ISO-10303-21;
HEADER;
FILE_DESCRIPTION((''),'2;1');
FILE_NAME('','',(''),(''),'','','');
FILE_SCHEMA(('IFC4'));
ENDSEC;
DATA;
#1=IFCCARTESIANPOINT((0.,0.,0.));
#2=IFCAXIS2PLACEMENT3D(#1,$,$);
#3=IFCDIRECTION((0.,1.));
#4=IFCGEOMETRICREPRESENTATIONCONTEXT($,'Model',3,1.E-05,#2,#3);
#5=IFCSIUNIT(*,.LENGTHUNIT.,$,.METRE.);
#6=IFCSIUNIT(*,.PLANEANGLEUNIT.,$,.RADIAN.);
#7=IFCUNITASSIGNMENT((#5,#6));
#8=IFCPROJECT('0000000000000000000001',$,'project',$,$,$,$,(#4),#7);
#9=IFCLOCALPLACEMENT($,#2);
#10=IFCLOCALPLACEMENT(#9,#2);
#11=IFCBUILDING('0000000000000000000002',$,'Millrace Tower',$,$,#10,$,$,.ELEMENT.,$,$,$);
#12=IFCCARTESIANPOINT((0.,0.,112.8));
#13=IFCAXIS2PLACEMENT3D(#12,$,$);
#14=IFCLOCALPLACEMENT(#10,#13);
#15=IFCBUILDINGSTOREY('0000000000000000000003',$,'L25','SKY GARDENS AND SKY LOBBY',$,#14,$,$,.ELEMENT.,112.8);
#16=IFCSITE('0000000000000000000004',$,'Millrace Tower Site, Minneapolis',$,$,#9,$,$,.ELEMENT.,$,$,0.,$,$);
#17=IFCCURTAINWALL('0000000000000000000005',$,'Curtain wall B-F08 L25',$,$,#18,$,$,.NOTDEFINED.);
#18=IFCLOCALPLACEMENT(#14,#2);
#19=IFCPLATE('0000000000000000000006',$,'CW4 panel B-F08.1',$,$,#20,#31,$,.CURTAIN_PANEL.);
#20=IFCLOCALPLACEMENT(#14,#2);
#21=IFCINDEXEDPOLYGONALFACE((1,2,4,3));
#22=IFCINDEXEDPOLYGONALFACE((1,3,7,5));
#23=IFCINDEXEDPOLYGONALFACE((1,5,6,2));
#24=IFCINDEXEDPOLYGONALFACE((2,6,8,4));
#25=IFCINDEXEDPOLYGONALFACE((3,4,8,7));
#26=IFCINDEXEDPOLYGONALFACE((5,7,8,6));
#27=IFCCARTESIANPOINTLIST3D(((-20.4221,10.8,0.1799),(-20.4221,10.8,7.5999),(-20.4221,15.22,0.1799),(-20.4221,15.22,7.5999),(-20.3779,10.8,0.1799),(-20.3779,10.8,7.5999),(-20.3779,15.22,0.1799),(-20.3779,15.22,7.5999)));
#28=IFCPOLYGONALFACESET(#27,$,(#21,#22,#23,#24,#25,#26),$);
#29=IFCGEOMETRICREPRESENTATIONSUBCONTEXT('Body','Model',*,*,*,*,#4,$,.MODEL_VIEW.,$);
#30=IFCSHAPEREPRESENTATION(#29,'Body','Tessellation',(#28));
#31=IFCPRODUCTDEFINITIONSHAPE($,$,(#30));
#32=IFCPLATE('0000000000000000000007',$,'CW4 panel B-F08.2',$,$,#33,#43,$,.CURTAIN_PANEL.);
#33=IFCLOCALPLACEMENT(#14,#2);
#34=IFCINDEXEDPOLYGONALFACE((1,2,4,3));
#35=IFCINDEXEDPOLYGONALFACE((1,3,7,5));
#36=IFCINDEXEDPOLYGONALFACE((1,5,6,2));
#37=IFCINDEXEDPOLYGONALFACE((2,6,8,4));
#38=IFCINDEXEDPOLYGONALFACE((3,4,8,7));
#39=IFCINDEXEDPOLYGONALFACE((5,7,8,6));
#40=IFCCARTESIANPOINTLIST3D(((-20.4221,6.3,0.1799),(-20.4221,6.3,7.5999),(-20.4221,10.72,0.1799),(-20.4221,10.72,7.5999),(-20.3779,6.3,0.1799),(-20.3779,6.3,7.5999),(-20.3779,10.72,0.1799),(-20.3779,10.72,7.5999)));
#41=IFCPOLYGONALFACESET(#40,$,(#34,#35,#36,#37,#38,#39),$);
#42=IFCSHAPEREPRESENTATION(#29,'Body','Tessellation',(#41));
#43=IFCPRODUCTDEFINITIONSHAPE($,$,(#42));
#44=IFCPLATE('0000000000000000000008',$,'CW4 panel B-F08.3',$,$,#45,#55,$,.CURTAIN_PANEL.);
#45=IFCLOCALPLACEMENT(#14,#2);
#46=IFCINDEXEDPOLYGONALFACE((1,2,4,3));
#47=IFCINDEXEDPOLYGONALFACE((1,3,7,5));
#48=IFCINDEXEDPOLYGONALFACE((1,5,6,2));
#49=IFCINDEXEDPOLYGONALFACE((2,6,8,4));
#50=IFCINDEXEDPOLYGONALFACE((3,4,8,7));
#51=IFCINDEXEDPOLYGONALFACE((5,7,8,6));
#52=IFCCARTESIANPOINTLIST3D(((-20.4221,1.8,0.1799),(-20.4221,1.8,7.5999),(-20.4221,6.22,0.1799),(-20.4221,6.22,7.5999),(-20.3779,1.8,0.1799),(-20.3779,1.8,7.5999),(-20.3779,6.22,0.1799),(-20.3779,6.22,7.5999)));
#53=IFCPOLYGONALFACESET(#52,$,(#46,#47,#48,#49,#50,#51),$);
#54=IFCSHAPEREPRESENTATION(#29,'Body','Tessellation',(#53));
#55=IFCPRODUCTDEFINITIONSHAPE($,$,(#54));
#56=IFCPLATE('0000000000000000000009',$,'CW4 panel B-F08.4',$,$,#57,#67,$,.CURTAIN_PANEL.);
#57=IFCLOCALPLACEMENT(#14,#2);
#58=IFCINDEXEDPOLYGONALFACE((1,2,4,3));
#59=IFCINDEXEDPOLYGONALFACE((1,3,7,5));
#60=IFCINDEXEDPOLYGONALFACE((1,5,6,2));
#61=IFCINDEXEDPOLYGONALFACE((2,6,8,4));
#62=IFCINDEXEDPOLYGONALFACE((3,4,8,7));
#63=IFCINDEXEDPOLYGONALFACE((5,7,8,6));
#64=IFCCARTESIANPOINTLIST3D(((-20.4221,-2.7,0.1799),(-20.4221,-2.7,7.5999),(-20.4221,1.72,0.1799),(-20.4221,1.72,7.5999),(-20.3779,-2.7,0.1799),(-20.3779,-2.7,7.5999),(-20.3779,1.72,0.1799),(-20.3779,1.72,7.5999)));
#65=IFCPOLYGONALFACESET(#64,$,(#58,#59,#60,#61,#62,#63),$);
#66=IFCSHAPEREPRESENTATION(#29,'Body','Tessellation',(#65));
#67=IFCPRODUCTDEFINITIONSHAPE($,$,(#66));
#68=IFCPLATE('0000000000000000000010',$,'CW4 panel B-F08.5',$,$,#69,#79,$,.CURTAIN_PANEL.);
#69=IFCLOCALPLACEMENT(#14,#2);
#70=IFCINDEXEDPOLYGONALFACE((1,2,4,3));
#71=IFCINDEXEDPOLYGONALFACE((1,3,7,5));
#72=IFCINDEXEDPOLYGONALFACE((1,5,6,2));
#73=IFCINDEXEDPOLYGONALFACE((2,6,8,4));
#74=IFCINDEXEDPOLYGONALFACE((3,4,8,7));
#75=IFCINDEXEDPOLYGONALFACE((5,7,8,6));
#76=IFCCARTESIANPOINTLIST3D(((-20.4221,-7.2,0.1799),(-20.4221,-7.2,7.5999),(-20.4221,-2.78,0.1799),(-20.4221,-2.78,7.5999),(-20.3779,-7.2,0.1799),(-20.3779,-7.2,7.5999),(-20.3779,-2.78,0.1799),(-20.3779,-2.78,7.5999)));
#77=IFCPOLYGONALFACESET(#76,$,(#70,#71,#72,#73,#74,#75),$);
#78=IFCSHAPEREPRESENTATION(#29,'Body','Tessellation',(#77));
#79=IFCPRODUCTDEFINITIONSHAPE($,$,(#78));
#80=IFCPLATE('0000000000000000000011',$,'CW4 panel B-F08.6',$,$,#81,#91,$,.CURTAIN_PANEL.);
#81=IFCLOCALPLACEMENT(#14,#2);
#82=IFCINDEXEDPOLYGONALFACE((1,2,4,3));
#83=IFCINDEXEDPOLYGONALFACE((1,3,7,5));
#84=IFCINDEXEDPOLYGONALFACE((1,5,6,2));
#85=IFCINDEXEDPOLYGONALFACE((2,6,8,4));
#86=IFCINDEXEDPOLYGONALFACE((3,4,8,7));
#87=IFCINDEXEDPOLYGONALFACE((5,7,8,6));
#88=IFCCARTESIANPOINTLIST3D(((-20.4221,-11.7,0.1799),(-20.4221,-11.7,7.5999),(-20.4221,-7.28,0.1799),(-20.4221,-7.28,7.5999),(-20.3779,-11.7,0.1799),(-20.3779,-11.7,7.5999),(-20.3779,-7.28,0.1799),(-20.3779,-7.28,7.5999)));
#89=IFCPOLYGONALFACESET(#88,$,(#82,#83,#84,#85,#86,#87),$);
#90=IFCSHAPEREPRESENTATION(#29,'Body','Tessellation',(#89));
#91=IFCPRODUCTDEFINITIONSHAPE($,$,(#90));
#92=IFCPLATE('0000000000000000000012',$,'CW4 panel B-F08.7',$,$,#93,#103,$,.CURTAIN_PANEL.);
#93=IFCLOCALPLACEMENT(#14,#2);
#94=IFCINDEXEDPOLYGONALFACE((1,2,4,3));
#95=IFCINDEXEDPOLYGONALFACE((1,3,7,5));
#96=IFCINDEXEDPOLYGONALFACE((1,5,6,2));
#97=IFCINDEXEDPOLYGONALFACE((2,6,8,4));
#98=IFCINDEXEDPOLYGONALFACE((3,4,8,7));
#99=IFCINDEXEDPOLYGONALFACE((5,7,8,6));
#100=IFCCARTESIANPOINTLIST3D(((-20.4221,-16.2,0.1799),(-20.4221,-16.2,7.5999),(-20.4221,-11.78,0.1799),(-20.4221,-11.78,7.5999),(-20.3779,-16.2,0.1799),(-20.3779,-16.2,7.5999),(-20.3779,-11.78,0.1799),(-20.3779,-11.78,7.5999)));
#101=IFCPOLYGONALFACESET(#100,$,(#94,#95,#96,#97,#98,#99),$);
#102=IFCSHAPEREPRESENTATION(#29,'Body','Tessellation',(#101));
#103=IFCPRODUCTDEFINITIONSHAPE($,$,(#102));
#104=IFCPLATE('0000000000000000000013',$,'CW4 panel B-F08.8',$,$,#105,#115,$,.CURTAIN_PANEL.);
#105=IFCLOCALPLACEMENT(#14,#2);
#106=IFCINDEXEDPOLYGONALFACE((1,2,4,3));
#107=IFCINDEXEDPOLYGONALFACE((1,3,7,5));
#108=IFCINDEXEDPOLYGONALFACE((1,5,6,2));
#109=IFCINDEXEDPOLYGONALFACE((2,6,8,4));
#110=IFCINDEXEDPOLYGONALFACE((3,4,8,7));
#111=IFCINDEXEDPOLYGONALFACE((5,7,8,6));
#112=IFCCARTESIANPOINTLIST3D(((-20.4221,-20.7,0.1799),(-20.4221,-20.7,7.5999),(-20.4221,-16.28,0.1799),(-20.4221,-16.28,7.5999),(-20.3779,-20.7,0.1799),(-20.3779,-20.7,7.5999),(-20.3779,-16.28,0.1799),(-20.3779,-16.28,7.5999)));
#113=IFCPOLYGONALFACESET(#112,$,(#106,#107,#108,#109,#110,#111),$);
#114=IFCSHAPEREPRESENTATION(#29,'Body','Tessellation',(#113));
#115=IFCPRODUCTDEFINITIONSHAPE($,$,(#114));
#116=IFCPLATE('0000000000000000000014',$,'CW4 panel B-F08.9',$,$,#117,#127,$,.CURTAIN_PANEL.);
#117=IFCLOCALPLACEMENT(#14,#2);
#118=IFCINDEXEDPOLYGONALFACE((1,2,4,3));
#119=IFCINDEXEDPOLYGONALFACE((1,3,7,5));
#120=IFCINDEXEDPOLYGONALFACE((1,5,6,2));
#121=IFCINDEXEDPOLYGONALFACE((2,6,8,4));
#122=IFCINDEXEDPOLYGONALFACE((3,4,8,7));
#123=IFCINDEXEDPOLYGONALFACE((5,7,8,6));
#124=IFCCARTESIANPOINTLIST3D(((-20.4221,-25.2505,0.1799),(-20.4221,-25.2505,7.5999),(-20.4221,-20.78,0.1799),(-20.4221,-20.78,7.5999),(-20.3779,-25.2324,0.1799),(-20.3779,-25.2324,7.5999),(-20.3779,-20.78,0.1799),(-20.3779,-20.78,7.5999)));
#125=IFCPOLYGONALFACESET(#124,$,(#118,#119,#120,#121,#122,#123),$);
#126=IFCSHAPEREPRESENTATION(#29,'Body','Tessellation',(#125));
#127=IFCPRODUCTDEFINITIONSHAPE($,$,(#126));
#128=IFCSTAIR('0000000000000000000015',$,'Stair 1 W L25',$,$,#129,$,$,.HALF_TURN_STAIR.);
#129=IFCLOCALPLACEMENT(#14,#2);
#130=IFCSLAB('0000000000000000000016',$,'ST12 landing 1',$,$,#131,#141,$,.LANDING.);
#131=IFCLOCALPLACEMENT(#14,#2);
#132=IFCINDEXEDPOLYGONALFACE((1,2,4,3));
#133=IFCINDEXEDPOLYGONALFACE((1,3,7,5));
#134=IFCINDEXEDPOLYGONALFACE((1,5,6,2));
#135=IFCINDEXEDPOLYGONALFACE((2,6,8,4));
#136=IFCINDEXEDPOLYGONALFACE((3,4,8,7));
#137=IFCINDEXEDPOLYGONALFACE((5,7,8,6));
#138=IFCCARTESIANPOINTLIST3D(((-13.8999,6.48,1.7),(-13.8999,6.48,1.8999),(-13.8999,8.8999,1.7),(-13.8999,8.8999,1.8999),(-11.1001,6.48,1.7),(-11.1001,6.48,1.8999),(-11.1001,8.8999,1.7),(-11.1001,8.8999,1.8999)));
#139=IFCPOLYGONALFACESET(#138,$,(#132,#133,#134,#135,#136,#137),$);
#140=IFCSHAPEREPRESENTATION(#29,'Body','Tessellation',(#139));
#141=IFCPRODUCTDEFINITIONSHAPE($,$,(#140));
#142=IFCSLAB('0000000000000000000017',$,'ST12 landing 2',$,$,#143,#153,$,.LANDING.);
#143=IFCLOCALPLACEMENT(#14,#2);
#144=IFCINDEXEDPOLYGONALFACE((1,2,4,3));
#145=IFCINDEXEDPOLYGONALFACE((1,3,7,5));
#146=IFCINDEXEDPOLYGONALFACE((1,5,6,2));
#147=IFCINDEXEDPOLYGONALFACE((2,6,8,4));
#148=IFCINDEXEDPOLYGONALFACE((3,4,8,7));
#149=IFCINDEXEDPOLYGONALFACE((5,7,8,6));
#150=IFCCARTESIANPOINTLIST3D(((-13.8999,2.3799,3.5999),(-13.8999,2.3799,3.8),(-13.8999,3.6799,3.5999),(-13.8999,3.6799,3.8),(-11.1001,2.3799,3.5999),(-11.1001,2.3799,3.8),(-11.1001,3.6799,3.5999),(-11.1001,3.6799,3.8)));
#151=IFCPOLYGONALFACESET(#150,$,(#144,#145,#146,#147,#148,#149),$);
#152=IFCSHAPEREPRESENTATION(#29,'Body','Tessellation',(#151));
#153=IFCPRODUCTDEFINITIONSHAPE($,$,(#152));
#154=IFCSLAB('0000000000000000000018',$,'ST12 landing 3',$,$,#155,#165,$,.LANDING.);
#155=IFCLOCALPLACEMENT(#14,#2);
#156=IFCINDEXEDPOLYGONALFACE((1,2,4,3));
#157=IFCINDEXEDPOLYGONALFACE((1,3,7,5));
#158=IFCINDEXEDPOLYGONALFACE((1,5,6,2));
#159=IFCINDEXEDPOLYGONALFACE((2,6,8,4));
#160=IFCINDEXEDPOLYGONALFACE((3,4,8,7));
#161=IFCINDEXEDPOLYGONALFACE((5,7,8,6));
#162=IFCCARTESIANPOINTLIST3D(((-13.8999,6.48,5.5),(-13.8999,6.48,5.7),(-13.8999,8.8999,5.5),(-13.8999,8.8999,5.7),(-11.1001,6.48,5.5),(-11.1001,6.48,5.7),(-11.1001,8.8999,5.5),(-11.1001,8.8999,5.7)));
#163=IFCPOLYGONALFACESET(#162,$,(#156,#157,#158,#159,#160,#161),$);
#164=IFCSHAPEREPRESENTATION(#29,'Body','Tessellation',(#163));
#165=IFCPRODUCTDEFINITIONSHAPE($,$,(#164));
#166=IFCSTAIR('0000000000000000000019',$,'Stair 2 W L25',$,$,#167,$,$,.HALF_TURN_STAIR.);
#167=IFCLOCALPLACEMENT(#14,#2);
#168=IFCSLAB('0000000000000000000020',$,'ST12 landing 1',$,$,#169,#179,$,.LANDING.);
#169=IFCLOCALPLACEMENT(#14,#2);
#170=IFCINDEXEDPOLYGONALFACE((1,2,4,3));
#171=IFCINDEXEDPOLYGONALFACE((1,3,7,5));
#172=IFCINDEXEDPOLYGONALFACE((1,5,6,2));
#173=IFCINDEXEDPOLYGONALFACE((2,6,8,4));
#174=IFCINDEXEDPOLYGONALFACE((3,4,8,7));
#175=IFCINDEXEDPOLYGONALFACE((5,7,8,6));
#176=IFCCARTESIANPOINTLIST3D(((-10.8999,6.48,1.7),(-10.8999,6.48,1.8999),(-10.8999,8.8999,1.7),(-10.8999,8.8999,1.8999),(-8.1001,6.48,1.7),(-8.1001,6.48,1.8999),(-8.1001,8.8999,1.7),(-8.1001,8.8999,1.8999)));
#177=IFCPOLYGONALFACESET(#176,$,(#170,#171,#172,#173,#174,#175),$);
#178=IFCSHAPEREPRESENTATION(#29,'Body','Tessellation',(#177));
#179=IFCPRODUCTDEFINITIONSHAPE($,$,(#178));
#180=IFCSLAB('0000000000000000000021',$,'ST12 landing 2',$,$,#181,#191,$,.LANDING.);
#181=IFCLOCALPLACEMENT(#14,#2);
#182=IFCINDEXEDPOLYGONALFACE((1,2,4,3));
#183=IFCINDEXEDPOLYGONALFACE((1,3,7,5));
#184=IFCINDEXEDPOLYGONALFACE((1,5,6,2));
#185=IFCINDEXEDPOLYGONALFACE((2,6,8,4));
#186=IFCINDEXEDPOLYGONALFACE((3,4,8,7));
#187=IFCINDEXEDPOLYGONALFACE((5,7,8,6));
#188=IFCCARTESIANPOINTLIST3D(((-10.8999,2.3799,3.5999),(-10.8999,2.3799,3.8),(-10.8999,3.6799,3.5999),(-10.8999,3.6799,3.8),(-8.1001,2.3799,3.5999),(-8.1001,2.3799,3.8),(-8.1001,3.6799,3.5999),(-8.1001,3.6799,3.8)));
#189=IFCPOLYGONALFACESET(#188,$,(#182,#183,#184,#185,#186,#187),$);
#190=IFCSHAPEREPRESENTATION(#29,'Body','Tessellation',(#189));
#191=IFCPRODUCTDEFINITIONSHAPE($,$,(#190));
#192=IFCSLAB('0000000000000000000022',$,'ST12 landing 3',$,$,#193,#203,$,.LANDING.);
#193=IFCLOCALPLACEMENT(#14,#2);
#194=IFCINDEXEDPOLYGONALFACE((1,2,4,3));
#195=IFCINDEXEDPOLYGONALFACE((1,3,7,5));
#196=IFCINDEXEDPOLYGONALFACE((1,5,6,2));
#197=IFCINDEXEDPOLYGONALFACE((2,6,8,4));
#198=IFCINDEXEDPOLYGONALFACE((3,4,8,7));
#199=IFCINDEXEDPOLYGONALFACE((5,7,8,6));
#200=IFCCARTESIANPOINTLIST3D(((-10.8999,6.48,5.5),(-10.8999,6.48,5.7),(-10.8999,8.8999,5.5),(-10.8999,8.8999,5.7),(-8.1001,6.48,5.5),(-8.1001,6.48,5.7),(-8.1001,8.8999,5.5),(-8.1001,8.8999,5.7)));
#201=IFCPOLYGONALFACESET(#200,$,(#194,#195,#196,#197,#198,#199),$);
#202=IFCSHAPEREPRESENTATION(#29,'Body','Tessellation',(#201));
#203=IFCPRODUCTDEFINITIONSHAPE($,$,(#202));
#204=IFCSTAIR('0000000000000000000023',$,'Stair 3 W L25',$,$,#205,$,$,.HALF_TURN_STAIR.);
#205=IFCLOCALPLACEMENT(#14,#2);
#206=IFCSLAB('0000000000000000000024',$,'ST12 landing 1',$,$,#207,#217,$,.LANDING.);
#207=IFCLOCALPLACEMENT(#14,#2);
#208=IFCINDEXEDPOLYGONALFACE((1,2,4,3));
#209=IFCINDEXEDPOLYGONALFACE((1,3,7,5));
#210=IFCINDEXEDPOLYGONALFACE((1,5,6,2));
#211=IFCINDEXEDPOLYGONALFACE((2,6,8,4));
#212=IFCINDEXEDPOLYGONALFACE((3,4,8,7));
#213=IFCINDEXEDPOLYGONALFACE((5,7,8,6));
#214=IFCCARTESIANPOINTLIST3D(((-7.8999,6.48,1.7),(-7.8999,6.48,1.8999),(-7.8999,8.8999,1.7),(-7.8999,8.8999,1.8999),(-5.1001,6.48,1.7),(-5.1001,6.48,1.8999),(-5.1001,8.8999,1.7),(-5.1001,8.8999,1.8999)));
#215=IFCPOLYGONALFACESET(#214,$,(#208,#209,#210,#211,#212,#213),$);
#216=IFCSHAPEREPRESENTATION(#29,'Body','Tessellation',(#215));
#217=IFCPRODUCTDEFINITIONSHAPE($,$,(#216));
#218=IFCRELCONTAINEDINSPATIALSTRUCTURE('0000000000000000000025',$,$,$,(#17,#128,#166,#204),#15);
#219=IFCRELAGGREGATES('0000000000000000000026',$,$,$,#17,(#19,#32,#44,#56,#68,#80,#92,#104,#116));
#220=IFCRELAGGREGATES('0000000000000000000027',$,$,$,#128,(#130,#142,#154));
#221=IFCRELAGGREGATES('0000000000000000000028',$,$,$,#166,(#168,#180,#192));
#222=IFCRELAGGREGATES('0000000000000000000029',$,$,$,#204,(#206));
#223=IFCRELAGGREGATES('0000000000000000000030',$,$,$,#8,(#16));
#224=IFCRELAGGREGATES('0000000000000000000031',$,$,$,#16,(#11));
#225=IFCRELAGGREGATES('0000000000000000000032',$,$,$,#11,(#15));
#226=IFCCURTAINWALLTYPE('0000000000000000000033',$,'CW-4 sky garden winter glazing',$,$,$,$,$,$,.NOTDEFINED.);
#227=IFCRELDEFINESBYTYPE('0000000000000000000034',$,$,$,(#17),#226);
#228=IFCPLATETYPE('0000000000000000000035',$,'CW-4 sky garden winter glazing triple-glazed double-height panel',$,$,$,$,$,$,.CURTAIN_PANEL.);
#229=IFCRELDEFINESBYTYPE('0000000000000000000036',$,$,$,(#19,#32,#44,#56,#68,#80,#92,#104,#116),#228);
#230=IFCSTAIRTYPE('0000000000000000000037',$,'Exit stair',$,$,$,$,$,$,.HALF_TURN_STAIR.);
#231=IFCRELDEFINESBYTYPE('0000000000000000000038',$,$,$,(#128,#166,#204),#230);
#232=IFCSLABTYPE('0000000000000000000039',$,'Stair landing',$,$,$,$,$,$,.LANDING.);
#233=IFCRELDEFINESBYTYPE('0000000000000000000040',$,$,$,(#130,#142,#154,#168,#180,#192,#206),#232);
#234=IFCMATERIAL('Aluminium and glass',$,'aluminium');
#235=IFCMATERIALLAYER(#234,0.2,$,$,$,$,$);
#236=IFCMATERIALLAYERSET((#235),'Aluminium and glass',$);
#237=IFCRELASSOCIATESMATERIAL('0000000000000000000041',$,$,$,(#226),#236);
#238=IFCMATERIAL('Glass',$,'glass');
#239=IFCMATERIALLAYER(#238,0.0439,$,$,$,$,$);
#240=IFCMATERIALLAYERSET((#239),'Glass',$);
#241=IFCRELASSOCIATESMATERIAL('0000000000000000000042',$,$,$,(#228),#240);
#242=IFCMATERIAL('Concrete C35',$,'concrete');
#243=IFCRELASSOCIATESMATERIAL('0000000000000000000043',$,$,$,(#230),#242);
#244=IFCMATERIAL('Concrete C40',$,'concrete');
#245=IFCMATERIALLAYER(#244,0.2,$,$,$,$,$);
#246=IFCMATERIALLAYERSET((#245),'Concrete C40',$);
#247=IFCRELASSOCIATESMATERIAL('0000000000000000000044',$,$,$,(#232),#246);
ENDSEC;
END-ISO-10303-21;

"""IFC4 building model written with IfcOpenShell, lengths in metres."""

from ifc_helpers import new_model, si_unit, direction, frame, origin, place, context, subcontext, project, spatial, polyline, outline, extrude, material, layer, layer_set, type_object, element, aggregate, save


model = new_model("IFC4")

# Units and contexts
model_context = context("Model", 3, precision=1e-05, world=origin(), true_north=direction((0.0, 1.0)))
body_context = subcontext(model_context, "Body", "Model", "MODEL_VIEW")
ifc_project = project(units=[si_unit("LENGTHUNIT", "METRE"), si_unit("PLANEANGLEUNIT", "RADIAN")], contexts=[model_context])

# Site, building, storey
site_placement = place(None, origin())
site = spatial("IfcSite", under=ifc_project, at=site_placement, Name="Millrace Tower Site, Minneapolis", CompositionType="ELEMENT", RefElevation=0.0)
building_placement = place(site_placement, origin())
building = spatial("IfcBuilding", under=site, at=building_placement, Name="Millrace Tower", CompositionType="ELEMENT")
storey_placement = place(building_placement, frame((0.0, 0.0, 112.8)))
storey = spatial("IfcBuildingStorey", under=building, at=storey_placement, Name="L25", Description="SKY GARDENS AND SKY LOBBY", CompositionType="ELEMENT", Elevation=112.8)

# Curtain wall, plates
ifc_material_1 = material(Name="Aluminium and glass", Category="aluminium")
ifc_layer_1 = layer(ifc_material_1, 0.2)
ifc_layer_set_1 = layer_set([ifc_layer_1], Name="Aluminium and glass")
curtain_wall_type = type_object("IfcCurtainWallType", Name="CW-4 sky garden winter glazing", PredefinedType="NOTDEFINED", material=ifc_layer_set_1)
placement_1 = place(storey_placement, origin())
curtain_wall = element("IfcCurtainWall", 1, at=placement_1, inside=storey, type_object=curtain_wall_type, Name="Curtain wall B-F08 L25", PredefinedType="NOTDEFINED")
ifc_material_2 = material(Name="Glass", Category="glass")
ifc_layer_2 = layer(ifc_material_2, 0.0439)
ifc_layer_set_2 = layer_set([ifc_layer_2], Name="Glass")
plate_type = type_object("IfcPlateType", Name="CW-4 sky garden winter glazing triple-glazed double-height panel", PredefinedType="CURTAIN_PANEL", material=ifc_layer_set_2)
placement_2 = place(storey_placement, frame((0.0, 0.0, 0.1799)))
plate_1 = element("IfcPlate", 2, at=placement_2, type_object=plate_type, Name="CW4 panel B-F08.1", PredefinedType="CURTAIN_PANEL", context=body_context, shape_type="SweptSolid", body=[
    extrude(outline(polyline([(-20.4221, 15.22), (-20.4221, 10.8), (-20.3779, 10.8), (-20.3779, 15.22), (-20.4221, 15.22)])), origin(), (0.0, 0.0, 1.0), 7.4199),
])
plate_2 = element("IfcPlate", 3, at=placement_2, type_object=plate_type, Name="CW4 panel B-F08.2", PredefinedType="CURTAIN_PANEL", context=body_context, shape_type="SweptSolid", body=[
    extrude(outline(polyline([(-20.4221, 10.72), (-20.4221, 6.3), (-20.3779, 6.3), (-20.3779, 10.72), (-20.4221, 10.72)])), origin(), (0.0, 0.0, 1.0), 7.4199),
])
plate_3 = element("IfcPlate", 4, at=placement_2, type_object=plate_type, Name="CW4 panel B-F08.3", PredefinedType="CURTAIN_PANEL", context=body_context, shape_type="SweptSolid", body=[
    extrude(outline(polyline([(-20.4221, 6.22), (-20.4221, 1.8), (-20.3779, 1.8), (-20.3779, 6.22), (-20.4221, 6.22)])), origin(), (0.0, 0.0, 1.0), 7.4199),
])
plate_4 = element("IfcPlate", 5, at=placement_2, type_object=plate_type, Name="CW4 panel B-F08.4", PredefinedType="CURTAIN_PANEL", context=body_context, shape_type="SweptSolid", body=[
    extrude(outline(polyline([(-20.4221, 1.72), (-20.4221, -2.7), (-20.3779, -2.7), (-20.3779, 1.72), (-20.4221, 1.72)])), origin(), (0.0, 0.0, 1.0), 7.4199),
])
plate_5 = element("IfcPlate", 6, at=placement_2, type_object=plate_type, Name="CW4 panel B-F08.5", PredefinedType="CURTAIN_PANEL", context=body_context, shape_type="SweptSolid", body=[
    extrude(outline(polyline([(-20.4221, -2.78), (-20.4221, -7.2), (-20.3779, -7.2), (-20.3779, -2.78), (-20.4221, -2.78)])), origin(), (0.0, 0.0, 1.0), 7.4199),
])
plate_6 = element("IfcPlate", 7, at=placement_2, type_object=plate_type, Name="CW4 panel B-F08.6", PredefinedType="CURTAIN_PANEL", context=body_context, shape_type="SweptSolid", body=[
    extrude(outline(polyline([(-20.4221, -7.28), (-20.4221, -11.7), (-20.3779, -11.7), (-20.3779, -7.28), (-20.4221, -7.28)])), origin(), (0.0, 0.0, 1.0), 7.4199),
])
plate_7 = element("IfcPlate", 8, at=placement_2, type_object=plate_type, Name="CW4 panel B-F08.7", PredefinedType="CURTAIN_PANEL", context=body_context, shape_type="SweptSolid", body=[
    extrude(outline(polyline([(-20.4221, -11.78), (-20.4221, -16.2), (-20.3779, -16.2), (-20.3779, -11.78), (-20.4221, -11.78)])), origin(), (0.0, 0.0, 1.0), 7.4199),
])
plate_8 = element("IfcPlate", 9, at=placement_2, type_object=plate_type, Name="CW4 panel B-F08.8", PredefinedType="CURTAIN_PANEL", context=body_context, shape_type="SweptSolid", body=[
    extrude(outline(polyline([(-20.4221, -16.28), (-20.4221, -20.7), (-20.3779, -20.7), (-20.3779, -16.28), (-20.4221, -16.28)])), origin(), (0.0, 0.0, 1.0), 7.4199),
])
plate_9 = element("IfcPlate", 10, at=placement_2, type_object=plate_type, Name="CW4 panel B-F08.9", PredefinedType="CURTAIN_PANEL", context=body_context, shape_type="SweptSolid", body=[
    extrude(outline(polyline([(-20.4221, -20.78), (-20.4221, -25.2505), (-20.3779, -25.2324), (-20.3779, -20.78), (-20.4221, -20.78)])), origin(), (0.0, 0.0, 1.0), 7.4199),
])
aggregate(curtain_wall, [plate_1, plate_2, plate_3, plate_4, plate_5, plate_6, plate_7, plate_8, plate_9])

# Stairs, slabs
ifc_material_3 = material(Name="Concrete C35", Category="concrete")
stair_type = type_object("IfcStairType", Name="Exit stair", PredefinedType="HALF_TURN_STAIR", material=ifc_material_3)
stair_1 = element("IfcStair", 11, at=placement_1, inside=storey, type_object=stair_type, Name="Stair 1 W L25", PredefinedType="HALF_TURN_STAIR")
ifc_material_4 = material(Name="Concrete C40", Category="concrete")
ifc_layer_3 = layer(ifc_material_4, 0.2)
ifc_layer_set_3 = layer_set([ifc_layer_3], Name="Concrete C40")
slab_type = type_object("IfcSlabType", Name="Stair landing", PredefinedType="LANDING", material=ifc_layer_set_3)
placement_3 = place(storey_placement, frame((0.0, 0.0, 1.7)))
slab_1 = element("IfcSlab", 12, at=placement_3, type_object=slab_type, Name="ST12 landing 1", PredefinedType="LANDING", context=body_context, shape_type="SweptSolid", body=[
    extrude(outline(polyline([(-13.8999, 6.48), (-11.1001, 6.48), (-11.1001, 8.8999), (-13.8999, 8.8999), (-13.8999, 6.48)])), origin(), (0.0, 0.0, 1.0), 0.2),
])
placement_4 = place(storey_placement, frame((0.0, 0.0, 3.5999)))
slab_2 = element("IfcSlab", 13, at=placement_4, type_object=slab_type, Name="ST12 landing 2", PredefinedType="LANDING", context=body_context, shape_type="SweptSolid", body=[
    extrude(outline(polyline([(-13.8999, 2.3799), (-11.1001, 2.3799), (-11.1001, 3.6799), (-13.8999, 3.6799), (-13.8999, 2.3799)])), origin(), (0.0, 0.0, 1.0), 0.2002),
])
placement_5 = place(storey_placement, frame((0.0, 0.0, 5.5)))
slab_3 = element("IfcSlab", 14, at=placement_5, type_object=slab_type, Name="ST12 landing 3", PredefinedType="LANDING", context=body_context, shape_type="SweptSolid", body=[
    extrude(outline(polyline([(-13.8999, 6.48), (-11.1001, 6.48), (-11.1001, 8.8999), (-13.8999, 8.8999), (-13.8999, 6.48)])), origin(), (0.0, 0.0, 1.0), 0.2),
])
aggregate(stair_1, [slab_1, slab_2, slab_3])
stair_2 = element("IfcStair", 15, at=placement_1, inside=storey, type_object=stair_type, Name="Stair 2 W L25", PredefinedType="HALF_TURN_STAIR")
slab_4 = element("IfcSlab", 16, at=placement_3, type_object=slab_type, Name="ST12 landing 1", PredefinedType="LANDING", context=body_context, shape_type="SweptSolid", body=[
    extrude(outline(polyline([(-10.8999, 6.48), (-8.1001, 6.48), (-8.1001, 8.8999), (-10.8999, 8.8999), (-10.8999, 6.48)])), origin(), (0.0, 0.0, 1.0), 0.2),
])
slab_5 = element("IfcSlab", 17, at=placement_4, type_object=slab_type, Name="ST12 landing 2", PredefinedType="LANDING", context=body_context, shape_type="SweptSolid", body=[
    extrude(outline(polyline([(-10.8999, 2.3799), (-8.1001, 2.3799), (-8.1001, 3.6799), (-10.8999, 3.6799), (-10.8999, 2.3799)])), origin(), (0.0, 0.0, 1.0), 0.2002),
])
slab_6 = element("IfcSlab", 18, at=placement_5, type_object=slab_type, Name="ST12 landing 3", PredefinedType="LANDING", context=body_context, shape_type="SweptSolid", body=[
    extrude(outline(polyline([(-10.8999, 6.48), (-8.1001, 6.48), (-8.1001, 8.8999), (-10.8999, 8.8999), (-10.8999, 6.48)])), origin(), (0.0, 0.0, 1.0), 0.2),
])
aggregate(stair_2, [slab_4, slab_5, slab_6])

# Stair, slab
stair_3 = element("IfcStair", 19, at=placement_1, inside=storey, type_object=stair_type, Name="Stair 3 W L25", PredefinedType="HALF_TURN_STAIR")
slab_7 = element("IfcSlab", 20, at=placement_3, type_object=slab_type, Name="ST12 landing 1", PredefinedType="LANDING", context=body_context, shape_type="SweptSolid", body=[
    extrude(outline(polyline([(-7.8999, 6.48), (-5.1001, 6.48), (-5.1001, 8.8999), (-7.8999, 8.8999), (-7.8999, 6.48)])), origin(), (0.0, 0.0, 1.0), 0.2),
])
aggregate(stair_3, [slab_7])

save(model, "model.ifc")
